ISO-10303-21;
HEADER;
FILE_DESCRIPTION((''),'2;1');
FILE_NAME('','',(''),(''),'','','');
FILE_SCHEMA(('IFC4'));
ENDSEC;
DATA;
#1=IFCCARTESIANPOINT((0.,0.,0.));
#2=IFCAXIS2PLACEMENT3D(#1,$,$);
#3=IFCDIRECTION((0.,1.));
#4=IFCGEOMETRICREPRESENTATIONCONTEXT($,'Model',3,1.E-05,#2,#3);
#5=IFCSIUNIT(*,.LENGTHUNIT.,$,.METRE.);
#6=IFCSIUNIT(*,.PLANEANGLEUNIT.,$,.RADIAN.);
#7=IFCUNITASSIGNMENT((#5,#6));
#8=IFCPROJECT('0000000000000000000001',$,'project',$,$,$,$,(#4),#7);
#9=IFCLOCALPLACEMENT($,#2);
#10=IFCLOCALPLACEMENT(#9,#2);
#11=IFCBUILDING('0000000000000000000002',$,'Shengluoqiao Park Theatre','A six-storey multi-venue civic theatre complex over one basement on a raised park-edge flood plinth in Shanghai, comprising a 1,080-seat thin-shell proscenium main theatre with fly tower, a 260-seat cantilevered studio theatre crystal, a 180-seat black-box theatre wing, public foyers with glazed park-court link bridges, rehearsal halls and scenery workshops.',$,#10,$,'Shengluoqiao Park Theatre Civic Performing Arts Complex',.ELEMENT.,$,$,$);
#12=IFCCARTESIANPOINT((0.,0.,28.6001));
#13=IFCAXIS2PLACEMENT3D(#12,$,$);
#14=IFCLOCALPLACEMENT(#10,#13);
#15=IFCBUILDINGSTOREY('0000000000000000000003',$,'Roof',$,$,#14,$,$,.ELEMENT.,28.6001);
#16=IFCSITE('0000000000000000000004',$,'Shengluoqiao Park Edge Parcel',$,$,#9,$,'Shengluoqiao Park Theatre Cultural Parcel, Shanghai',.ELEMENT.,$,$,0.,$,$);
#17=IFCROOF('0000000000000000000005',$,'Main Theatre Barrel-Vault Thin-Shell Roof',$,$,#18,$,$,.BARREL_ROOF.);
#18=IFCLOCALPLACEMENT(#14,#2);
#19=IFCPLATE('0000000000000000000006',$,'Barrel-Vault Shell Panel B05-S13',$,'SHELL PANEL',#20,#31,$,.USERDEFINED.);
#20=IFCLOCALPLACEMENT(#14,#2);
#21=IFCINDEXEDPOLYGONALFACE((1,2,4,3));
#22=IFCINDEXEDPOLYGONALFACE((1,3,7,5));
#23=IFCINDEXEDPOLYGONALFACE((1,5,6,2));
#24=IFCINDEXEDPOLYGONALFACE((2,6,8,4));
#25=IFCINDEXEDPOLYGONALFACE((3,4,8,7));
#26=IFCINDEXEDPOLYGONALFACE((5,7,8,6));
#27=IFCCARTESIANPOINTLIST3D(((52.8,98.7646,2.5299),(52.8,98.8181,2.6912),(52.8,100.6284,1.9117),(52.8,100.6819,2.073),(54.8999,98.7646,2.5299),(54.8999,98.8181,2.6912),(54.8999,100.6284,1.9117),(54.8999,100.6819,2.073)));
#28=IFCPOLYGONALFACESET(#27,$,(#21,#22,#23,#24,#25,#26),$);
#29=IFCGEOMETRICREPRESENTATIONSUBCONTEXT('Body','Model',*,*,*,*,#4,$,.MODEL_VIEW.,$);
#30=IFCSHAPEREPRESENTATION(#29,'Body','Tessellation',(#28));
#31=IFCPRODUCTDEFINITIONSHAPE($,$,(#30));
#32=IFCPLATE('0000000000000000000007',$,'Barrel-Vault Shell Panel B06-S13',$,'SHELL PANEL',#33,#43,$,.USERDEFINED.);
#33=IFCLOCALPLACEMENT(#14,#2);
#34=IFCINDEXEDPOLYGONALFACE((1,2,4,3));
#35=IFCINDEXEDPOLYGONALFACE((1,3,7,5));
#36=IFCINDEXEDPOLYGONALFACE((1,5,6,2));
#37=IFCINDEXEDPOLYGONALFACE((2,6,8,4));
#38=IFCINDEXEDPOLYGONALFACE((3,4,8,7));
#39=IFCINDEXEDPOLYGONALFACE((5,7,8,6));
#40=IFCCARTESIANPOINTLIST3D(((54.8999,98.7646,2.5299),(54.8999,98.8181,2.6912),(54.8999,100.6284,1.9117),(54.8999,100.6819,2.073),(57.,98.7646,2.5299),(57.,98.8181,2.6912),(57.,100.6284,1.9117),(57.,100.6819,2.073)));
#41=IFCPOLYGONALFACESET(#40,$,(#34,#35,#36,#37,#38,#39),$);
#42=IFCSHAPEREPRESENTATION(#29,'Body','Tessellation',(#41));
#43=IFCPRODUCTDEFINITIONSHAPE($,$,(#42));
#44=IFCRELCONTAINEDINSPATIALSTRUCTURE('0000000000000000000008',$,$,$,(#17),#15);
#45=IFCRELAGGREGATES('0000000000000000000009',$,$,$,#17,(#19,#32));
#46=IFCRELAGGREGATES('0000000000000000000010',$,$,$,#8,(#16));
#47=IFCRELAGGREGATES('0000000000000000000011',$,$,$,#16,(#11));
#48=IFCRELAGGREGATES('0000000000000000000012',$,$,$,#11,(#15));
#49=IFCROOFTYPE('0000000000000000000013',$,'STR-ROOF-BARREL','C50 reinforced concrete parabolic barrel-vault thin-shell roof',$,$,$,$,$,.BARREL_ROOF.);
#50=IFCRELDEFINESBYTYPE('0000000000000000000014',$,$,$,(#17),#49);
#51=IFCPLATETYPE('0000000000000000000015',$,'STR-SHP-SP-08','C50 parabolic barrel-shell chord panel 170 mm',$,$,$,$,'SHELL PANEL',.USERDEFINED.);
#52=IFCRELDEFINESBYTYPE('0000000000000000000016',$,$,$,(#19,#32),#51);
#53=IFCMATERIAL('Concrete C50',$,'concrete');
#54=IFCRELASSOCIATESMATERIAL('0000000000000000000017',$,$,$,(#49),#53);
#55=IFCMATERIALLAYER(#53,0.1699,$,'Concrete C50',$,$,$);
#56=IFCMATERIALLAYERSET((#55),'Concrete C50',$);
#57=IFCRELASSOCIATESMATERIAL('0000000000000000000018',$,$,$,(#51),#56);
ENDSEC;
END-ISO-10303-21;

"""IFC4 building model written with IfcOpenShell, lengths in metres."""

from ifc_helpers import new_model, si_unit, direction, frame, origin, place, context, subcontext, project, spatial, polyline, outline, extrude, material, layer, layer_set, type_object, element, aggregate, save


model = new_model("IFC4")

# Units and contexts
model_context = context("Model", 3, precision=1e-05, world=origin(), true_north=direction((0.0, 1.0)))
body_context = subcontext(model_context, "Body", "Model", "MODEL_VIEW")
ifc_project = project(units=[si_unit("LENGTHUNIT", "METRE"), si_unit("PLANEANGLEUNIT", "RADIAN")], contexts=[model_context])

# Site, building, storey
site_placement = place(None, origin())
site = spatial("IfcSite", under=ifc_project, at=site_placement, Name="Shengluoqiao Park Edge Parcel", LongName="Shengluoqiao Park Theatre Cultural Parcel, Shanghai", CompositionType="ELEMENT", RefElevation=0.0)
building_placement = place(site_placement, origin())
building = spatial("IfcBuilding", under=site, at=building_placement, Name="Shengluoqiao Park Theatre", Description="A six-storey multi-venue civic theatre complex over one basement on a raised park-edge flood plinth in Shanghai, comprising a 1,080-seat thin-shell proscenium main theatre with fly tower, a 260-seat cantilevered studio theatre crystal, a 180-seat black-box theatre wing, public foyers with glazed park-court link bridges, rehearsal halls and scenery workshops.", LongName="Shengluoqiao Park Theatre Civic Performing Arts Complex", CompositionType="ELEMENT")
storey_placement = place(building_placement, frame((0.0, 0.0, 28.6001)))
storey = spatial("IfcBuildingStorey", under=building, at=storey_placement, Name="Roof", CompositionType="ELEMENT", Elevation=28.6001)

# Shared definitions
ifc_material_1 = material(Name="Concrete C50", Category="concrete")

# Roof, plates
roof_type = type_object("IfcRoofType", Name="STR-ROOF-BARREL", Description="C50 reinforced concrete parabolic barrel-vault thin-shell roof", PredefinedType="BARREL_ROOF", material=ifc_material_1)
roof_placement = place(storey_placement, origin())
roof = element("IfcRoof", 1, at=roof_placement, inside=storey, type_object=roof_type, Name="Main Theatre Barrel-Vault Thin-Shell Roof", PredefinedType="BARREL_ROOF")
ifc_layer_1 = layer(ifc_material_1, 0.1699, Name="Concrete C50")
ifc_layer_set_1 = layer_set([ifc_layer_1], Name="Concrete C50")
plate_type_1 = type_object("IfcPlateType", Name="STR-SHP-SP-08", Description="C50 parabolic barrel-shell chord panel 170 mm", ElementType="SHELL PANEL", PredefinedType="USERDEFINED", material=ifc_layer_set_1)
plate_1_placement = place(storey_placement, frame((52.8, 98.8181, 2.6912), z_axis=(0.0, 0.31481, 0.949155), x_axis=(1.0, 0.0, 0.0)))
plate_1 = element("IfcPlate", 2, at=plate_1_placement, type_object=plate_type_1, Name="Barrel-Vault Shell Panel B05-S13", ObjectType="SHELL PANEL", PredefinedType="USERDEFINED", context=body_context, shape_type="SweptSolid", body=[
    extrude(outline(polyline([(0.0, 0.0), (2.0999, 0.0), (2.0999, 1.9636), (0.0, 1.9636), (0.0, 0.0)])), origin(), (0.0, 0.0, -1.0), 0.1699),
])
plate_2_placement = place(storey_placement, frame((54.8999, 98.8181, 2.6912), z_axis=(0.0, 0.31481, 0.949155), x_axis=(1.0, 0.0, 0.0)))
plate_2 = element("IfcPlate", 3, at=plate_2_placement, type_object=plate_type_1, Name="Barrel-Vault Shell Panel B06-S13", ObjectType="SHELL PANEL", PredefinedType="USERDEFINED", context=body_context, shape_type="SweptSolid", body=[
    extrude(outline(polyline([(0.0, 0.0), (2.1001, 0.0), (2.1001, 1.9636), (0.0, 1.9636), (0.0, 0.0)])), origin(), (0.0, 0.0, -1.0), 0.1699),
])
aggregate(roof, [plate_1, plate_2])

save(model, "model.ifc")
